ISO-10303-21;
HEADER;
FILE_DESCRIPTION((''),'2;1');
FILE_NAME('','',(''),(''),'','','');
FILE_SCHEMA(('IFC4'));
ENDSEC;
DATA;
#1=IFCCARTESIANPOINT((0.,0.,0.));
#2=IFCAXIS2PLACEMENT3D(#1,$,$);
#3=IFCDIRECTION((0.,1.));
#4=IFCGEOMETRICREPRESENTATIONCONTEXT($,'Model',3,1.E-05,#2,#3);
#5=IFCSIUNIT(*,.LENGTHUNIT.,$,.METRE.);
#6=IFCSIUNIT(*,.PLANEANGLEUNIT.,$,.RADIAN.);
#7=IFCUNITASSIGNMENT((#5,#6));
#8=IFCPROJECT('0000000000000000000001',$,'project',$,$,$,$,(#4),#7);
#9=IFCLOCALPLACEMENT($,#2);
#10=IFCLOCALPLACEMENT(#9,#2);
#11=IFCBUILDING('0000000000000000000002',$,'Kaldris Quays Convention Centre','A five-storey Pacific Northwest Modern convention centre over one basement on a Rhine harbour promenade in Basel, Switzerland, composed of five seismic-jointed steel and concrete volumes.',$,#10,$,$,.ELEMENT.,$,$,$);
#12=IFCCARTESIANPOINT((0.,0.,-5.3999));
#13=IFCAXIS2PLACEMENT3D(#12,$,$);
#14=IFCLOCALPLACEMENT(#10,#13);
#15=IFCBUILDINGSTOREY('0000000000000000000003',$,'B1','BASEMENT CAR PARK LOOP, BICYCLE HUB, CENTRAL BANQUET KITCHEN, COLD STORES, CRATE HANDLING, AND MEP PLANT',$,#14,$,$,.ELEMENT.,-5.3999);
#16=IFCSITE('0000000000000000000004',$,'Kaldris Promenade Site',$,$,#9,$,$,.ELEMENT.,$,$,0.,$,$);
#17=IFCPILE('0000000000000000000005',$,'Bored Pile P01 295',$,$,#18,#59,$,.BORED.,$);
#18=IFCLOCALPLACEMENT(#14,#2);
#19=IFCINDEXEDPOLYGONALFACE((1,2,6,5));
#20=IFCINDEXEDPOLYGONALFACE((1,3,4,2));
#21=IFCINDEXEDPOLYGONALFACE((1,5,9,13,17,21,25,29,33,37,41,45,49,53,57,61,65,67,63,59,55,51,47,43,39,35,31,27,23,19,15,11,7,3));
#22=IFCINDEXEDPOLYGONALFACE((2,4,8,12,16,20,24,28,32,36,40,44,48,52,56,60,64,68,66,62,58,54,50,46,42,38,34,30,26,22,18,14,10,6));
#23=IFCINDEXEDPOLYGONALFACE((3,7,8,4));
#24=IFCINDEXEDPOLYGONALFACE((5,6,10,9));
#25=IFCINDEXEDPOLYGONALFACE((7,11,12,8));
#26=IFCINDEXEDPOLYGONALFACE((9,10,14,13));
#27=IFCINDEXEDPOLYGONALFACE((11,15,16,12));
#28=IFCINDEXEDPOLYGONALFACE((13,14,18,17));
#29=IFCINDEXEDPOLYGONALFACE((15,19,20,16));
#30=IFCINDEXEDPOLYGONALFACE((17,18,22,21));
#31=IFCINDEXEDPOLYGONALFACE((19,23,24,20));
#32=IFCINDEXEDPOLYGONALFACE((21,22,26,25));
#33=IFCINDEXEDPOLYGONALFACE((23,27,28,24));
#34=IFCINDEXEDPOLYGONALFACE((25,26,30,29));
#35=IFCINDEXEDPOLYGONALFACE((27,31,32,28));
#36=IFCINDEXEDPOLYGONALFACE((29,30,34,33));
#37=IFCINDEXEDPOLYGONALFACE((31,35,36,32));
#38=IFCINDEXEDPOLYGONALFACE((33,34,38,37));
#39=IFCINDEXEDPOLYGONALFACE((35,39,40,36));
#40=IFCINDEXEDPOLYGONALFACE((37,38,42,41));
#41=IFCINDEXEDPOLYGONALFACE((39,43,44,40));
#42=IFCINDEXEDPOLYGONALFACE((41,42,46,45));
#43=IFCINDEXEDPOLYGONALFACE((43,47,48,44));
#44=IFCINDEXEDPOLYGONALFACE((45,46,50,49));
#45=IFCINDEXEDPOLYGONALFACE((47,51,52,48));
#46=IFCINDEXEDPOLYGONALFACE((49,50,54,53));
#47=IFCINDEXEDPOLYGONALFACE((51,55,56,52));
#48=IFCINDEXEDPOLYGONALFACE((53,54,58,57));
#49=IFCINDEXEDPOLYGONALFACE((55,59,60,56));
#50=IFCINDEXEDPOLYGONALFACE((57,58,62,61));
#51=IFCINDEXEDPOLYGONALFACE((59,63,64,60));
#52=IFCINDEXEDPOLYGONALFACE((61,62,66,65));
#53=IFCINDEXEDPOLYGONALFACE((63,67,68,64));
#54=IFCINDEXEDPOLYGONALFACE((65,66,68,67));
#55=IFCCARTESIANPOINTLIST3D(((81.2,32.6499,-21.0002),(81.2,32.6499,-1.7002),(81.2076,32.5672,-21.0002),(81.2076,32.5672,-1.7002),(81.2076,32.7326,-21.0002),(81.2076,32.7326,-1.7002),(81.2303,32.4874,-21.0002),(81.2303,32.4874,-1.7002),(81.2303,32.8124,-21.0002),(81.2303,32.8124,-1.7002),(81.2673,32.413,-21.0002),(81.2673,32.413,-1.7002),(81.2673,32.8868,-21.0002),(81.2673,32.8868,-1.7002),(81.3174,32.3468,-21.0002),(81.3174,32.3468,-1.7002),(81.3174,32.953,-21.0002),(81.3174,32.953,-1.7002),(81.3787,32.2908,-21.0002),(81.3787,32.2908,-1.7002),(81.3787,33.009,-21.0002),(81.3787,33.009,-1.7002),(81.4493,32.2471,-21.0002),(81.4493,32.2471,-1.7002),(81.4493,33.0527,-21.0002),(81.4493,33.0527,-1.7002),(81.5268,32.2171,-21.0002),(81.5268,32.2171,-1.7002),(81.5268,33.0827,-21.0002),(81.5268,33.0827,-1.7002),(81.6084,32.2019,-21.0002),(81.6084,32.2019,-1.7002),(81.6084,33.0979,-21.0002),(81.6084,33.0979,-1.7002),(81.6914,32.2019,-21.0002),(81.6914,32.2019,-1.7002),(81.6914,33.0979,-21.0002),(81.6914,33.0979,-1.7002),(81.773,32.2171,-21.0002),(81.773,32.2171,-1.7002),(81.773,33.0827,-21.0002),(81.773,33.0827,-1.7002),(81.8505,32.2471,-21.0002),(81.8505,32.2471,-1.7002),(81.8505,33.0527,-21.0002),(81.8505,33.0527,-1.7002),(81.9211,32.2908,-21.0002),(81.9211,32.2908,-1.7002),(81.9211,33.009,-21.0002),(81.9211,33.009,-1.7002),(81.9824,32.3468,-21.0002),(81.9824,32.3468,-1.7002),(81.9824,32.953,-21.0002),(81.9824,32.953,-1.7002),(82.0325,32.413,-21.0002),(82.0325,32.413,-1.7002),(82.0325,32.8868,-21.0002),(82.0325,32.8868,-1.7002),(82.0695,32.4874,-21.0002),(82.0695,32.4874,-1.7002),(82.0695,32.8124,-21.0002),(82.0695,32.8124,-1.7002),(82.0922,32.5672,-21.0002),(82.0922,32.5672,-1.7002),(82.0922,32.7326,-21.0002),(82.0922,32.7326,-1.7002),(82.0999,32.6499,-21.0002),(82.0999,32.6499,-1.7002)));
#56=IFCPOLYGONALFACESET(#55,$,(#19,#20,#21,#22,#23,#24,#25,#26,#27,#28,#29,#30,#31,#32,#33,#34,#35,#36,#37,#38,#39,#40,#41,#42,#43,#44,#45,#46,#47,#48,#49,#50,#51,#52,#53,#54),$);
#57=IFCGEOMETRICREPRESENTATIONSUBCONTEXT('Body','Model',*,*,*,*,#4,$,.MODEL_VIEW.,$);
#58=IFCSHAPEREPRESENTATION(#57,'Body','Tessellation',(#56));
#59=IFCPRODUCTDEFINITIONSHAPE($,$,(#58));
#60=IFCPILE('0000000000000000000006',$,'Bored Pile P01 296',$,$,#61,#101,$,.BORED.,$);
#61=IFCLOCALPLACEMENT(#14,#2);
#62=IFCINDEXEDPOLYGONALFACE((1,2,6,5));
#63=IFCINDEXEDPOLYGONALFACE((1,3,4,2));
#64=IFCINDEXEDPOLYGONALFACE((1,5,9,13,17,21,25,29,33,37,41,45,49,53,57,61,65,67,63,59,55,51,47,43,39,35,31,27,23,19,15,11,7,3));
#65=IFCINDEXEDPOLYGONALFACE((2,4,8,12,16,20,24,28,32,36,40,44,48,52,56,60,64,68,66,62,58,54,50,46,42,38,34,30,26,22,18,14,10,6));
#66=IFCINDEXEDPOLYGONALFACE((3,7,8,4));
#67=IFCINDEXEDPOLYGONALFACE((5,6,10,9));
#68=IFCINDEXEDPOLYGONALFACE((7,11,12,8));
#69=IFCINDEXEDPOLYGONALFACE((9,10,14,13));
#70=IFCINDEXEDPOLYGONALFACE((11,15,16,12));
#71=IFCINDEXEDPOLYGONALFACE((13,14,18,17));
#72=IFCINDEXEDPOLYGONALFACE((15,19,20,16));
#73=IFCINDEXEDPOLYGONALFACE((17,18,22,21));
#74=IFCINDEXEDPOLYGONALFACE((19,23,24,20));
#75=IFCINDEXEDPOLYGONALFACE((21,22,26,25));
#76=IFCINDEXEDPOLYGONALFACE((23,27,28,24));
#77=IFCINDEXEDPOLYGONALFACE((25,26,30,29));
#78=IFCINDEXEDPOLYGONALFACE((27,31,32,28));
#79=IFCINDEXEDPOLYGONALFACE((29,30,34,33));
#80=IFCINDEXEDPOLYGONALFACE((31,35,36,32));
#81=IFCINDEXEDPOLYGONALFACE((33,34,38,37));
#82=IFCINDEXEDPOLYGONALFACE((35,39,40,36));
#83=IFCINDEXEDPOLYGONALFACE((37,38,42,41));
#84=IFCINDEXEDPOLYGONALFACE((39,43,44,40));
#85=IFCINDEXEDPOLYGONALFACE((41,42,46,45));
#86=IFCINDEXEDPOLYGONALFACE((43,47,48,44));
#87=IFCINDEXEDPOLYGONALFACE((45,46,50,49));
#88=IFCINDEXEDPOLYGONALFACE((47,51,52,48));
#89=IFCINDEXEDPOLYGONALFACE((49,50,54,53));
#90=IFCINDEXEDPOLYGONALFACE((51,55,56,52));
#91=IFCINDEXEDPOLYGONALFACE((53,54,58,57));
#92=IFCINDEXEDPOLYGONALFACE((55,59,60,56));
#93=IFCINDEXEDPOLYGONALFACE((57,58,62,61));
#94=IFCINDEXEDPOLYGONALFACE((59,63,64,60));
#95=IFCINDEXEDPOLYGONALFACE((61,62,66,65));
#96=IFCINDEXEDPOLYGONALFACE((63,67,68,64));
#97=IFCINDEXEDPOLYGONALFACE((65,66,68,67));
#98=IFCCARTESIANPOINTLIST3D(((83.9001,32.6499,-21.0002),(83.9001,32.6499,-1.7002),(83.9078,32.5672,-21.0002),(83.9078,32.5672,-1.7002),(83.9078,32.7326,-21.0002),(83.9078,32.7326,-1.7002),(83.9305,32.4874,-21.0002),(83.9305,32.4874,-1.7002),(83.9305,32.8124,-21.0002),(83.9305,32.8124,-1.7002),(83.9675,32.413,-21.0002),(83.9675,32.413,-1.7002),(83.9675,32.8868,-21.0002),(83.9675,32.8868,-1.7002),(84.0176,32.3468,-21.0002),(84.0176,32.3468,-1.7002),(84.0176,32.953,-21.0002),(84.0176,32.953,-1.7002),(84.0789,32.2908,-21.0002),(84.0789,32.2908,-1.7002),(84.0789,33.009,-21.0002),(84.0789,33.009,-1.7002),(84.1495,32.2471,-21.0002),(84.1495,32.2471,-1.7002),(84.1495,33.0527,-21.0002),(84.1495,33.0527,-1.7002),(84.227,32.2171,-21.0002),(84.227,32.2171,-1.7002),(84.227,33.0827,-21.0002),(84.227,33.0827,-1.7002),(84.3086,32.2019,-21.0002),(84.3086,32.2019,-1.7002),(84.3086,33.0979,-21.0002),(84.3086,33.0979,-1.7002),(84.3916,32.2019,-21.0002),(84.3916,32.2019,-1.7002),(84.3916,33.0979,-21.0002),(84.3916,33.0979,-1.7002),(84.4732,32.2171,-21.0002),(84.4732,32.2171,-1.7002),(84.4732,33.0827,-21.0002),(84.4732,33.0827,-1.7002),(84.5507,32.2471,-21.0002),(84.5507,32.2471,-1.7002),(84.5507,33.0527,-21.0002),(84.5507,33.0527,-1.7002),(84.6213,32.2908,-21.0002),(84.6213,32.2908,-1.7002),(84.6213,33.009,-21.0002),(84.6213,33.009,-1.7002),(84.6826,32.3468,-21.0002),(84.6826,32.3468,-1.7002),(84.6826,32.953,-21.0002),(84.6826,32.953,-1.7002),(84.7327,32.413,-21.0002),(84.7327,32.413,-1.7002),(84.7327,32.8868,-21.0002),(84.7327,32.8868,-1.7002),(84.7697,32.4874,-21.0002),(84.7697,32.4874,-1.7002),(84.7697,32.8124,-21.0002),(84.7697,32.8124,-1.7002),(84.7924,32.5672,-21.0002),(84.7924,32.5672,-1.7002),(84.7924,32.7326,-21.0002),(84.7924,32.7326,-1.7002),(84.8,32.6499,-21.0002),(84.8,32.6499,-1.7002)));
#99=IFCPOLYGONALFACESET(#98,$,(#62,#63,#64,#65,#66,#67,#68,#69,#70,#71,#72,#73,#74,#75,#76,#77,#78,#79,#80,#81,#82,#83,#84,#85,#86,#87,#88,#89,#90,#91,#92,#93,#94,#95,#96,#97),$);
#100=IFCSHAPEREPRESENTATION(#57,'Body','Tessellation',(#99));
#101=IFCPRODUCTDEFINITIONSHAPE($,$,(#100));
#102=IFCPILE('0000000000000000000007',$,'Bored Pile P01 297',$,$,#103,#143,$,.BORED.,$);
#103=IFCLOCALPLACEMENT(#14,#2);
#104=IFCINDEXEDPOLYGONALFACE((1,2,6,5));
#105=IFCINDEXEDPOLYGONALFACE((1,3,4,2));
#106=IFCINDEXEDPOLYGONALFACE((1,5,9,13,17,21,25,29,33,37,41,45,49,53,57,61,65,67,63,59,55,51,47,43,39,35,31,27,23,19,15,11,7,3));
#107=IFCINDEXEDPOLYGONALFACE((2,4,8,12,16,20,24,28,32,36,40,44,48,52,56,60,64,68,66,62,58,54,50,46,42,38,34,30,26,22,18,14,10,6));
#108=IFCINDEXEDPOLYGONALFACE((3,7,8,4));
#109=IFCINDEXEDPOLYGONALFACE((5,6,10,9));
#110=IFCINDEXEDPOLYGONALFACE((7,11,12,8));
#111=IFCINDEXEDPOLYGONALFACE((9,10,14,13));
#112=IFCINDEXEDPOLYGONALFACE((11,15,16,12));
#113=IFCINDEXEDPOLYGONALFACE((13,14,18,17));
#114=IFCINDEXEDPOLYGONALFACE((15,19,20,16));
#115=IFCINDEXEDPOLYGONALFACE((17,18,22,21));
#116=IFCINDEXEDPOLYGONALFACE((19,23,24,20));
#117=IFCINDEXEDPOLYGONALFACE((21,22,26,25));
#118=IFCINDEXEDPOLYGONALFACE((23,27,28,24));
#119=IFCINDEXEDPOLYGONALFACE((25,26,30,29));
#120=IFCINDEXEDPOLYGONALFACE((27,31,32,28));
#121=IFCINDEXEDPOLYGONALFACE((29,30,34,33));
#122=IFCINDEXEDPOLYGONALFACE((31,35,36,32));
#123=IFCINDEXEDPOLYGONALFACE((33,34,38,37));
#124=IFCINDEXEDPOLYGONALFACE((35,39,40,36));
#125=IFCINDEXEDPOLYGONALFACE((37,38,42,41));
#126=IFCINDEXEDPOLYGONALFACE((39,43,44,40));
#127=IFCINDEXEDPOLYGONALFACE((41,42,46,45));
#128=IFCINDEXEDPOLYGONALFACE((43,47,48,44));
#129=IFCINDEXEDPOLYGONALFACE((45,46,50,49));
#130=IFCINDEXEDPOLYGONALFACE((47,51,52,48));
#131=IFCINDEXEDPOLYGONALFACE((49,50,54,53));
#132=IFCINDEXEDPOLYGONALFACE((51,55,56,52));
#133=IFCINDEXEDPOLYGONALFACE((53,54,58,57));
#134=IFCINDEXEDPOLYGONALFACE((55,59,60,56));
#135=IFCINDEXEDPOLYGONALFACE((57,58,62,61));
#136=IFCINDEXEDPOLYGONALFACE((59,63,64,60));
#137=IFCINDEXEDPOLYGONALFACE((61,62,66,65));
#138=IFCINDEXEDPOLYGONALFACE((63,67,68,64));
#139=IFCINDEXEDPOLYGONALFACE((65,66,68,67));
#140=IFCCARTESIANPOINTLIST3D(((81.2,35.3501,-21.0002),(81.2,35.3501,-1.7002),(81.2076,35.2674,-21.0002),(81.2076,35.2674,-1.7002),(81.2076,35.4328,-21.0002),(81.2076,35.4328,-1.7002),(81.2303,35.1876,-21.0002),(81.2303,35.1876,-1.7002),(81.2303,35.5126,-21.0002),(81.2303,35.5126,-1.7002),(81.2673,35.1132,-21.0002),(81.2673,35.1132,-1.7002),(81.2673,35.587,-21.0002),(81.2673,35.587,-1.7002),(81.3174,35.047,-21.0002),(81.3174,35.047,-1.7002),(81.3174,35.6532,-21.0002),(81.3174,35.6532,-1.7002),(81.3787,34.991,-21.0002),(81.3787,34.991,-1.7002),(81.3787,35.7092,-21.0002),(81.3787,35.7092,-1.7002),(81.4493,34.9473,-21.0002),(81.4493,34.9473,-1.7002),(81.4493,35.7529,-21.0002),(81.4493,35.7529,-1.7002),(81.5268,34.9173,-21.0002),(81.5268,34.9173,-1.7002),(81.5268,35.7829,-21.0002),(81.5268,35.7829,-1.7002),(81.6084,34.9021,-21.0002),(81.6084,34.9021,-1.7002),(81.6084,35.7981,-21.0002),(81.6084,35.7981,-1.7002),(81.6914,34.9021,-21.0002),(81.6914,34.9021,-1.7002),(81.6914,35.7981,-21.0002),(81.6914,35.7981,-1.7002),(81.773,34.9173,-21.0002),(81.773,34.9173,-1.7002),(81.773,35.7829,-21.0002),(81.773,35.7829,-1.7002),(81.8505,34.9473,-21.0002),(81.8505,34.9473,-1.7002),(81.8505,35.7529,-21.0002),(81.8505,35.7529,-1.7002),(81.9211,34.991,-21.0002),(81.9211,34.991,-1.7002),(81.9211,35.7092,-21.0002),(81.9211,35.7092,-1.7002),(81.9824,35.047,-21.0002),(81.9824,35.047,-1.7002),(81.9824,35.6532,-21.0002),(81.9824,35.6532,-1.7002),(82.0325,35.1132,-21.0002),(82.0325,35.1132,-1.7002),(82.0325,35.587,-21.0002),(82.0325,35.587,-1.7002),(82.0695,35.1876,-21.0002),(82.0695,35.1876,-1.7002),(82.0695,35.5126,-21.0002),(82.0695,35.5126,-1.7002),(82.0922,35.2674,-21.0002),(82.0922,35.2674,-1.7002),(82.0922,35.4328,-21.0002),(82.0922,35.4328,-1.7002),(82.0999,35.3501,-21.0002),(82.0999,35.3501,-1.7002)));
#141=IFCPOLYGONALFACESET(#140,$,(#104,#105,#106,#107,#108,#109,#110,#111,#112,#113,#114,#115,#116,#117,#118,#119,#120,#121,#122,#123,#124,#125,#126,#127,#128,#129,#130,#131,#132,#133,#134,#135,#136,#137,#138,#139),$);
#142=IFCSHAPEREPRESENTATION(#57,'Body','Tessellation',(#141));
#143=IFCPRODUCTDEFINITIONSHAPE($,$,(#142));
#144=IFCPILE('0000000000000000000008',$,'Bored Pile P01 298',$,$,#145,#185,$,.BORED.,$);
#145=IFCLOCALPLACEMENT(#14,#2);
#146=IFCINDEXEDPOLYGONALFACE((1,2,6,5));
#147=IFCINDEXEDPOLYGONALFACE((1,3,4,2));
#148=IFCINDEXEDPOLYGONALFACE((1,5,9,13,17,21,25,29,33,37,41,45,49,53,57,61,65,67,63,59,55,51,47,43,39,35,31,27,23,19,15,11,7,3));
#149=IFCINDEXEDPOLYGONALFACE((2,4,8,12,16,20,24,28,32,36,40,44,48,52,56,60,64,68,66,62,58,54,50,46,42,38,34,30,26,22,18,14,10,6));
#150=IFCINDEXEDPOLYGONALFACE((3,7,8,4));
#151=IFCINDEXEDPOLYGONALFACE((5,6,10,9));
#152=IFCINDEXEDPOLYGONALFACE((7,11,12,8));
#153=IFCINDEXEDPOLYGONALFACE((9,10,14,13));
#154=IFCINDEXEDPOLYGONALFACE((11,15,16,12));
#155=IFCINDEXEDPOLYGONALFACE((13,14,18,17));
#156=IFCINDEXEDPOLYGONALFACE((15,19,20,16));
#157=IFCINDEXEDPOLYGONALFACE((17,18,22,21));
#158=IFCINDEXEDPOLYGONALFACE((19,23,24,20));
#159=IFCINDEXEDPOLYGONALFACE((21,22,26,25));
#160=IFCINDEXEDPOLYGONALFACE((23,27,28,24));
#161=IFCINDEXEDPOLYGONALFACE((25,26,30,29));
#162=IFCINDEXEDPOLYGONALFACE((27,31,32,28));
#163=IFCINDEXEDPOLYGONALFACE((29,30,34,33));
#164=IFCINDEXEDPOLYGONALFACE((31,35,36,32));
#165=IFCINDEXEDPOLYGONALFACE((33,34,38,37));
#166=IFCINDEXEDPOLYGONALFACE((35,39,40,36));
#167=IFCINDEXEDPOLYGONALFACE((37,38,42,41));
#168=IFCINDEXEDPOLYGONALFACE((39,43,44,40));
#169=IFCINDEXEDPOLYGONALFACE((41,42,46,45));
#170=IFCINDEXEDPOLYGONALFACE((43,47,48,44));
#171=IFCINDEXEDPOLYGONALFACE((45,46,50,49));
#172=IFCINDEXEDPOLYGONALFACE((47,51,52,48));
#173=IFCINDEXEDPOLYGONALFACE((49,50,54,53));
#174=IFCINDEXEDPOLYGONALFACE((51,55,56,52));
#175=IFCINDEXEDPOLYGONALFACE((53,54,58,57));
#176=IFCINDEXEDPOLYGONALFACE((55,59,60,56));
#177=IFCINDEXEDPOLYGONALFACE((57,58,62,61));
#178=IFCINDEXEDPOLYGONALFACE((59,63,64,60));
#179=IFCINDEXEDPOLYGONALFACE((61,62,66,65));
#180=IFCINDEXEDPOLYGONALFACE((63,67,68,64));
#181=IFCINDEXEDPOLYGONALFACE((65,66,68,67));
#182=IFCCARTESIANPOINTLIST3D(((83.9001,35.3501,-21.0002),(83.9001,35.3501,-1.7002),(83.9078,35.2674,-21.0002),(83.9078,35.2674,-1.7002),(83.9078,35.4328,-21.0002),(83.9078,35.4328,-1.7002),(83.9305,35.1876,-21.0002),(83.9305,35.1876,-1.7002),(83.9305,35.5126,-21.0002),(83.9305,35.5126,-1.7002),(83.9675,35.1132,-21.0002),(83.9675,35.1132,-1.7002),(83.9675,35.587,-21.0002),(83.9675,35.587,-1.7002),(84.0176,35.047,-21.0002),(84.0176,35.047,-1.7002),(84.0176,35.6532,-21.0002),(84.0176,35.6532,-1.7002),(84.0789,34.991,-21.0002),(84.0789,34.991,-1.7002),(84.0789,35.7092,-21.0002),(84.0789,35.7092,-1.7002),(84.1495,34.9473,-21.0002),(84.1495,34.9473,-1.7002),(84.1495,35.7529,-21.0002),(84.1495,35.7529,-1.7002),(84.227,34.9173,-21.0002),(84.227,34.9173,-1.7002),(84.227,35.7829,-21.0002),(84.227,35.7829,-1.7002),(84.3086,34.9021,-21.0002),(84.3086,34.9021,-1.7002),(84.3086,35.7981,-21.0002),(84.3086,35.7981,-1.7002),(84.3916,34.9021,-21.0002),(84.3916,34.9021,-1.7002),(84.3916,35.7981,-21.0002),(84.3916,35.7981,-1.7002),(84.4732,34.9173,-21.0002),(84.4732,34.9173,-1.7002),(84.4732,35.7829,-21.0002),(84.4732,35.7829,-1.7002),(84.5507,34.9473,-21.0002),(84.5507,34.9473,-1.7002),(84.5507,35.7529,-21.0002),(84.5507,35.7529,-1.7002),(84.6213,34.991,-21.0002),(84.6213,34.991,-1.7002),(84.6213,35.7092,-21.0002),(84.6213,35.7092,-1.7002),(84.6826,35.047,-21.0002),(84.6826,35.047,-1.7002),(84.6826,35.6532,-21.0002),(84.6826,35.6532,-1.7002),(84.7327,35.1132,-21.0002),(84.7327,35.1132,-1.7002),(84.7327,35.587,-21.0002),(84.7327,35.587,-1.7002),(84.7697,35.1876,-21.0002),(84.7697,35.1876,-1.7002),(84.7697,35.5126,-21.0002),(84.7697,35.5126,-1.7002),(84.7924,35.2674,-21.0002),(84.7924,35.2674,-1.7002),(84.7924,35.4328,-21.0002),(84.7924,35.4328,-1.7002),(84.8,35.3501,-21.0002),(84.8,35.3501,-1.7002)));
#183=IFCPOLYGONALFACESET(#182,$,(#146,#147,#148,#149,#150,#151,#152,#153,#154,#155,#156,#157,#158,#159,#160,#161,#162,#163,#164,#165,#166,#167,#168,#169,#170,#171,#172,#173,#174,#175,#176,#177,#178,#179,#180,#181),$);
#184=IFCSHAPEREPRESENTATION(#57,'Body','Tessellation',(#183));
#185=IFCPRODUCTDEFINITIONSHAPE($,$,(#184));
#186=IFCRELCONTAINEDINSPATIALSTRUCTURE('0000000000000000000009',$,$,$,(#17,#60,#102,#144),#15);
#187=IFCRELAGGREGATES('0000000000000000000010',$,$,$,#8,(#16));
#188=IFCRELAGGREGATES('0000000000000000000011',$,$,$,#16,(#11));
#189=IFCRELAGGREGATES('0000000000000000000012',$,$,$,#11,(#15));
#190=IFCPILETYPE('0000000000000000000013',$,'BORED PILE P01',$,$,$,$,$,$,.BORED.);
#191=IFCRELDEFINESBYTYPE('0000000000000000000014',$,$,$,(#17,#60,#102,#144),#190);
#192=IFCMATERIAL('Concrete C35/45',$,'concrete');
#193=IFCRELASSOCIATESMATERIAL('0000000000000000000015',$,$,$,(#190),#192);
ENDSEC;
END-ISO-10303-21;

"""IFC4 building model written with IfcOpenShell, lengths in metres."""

from ifc_helpers import new_model, si_unit, direction, frame, origin, origin_2d, place, context, subcontext, project, spatial, circle, extrude, material, material_profile, profile_set, type_object, element, save


model = new_model("IFC4")

# Units and contexts
model_context = context("Model", 3, precision=1e-05, world=origin(), true_north=direction((0.0, 1.0)))
body_context = subcontext(model_context, "Body", "Model", "MODEL_VIEW")
ifc_project = project(units=[si_unit("LENGTHUNIT", "METRE"), si_unit("PLANEANGLEUNIT", "RADIAN")], contexts=[model_context])

# Site, building, storey
site_placement = place(None, origin())
site = spatial("IfcSite", under=ifc_project, at=site_placement, Name="Kaldris Promenade Site", CompositionType="ELEMENT", RefElevation=0.0)
building_placement = place(site_placement, origin())
building = spatial("IfcBuilding", under=site, at=building_placement, Name="Kaldris Quays Convention Centre", Description="A five-storey Pacific Northwest Modern convention centre over one basement on a Rhine harbour promenade in Basel, Switzerland, composed of five seismic-jointed steel and concrete volumes.", CompositionType="ELEMENT")
storey_placement = place(building_placement, frame((0.0, 0.0, -5.3999)))
storey = spatial("IfcBuildingStorey", under=building, at=storey_placement, Name="B1", Description="BASEMENT CAR PARK LOOP, BICYCLE HUB, CENTRAL BANQUET KITCHEN, COLD STORES, CRATE HANDLING, AND MEP PLANT", CompositionType="ELEMENT", Elevation=-5.3999)

# Piles
ifc_material_1 = material(Name="Concrete C35/45", Category="concrete")
ifc_material_profile_1 = material_profile(ifc_material_1, circle(Radius=0.45, at=origin_2d()), Name="BORED PILE D900")
ifc_profile_set_1 = profile_set([ifc_material_profile_1], Name="Concrete C35/45")
pile_type = type_object("IfcPileType", Name="BORED PILE P01", PredefinedType="BORED", material=ifc_profile_set_1)
for number, where, z_axis, x_axis, name in (
    (1, (81.6499, 32.6499, -1.7002), (0.0, 0.0, -1.0), (1.0, 0.0, 0.0), "Bored Pile P01 295"),
    (2, (84.3501, 32.6499, -1.7002), (0.0, 0.0, -1.0), (1.0, 0.0, 0.0), "Bored Pile P01 296"),
    (3, (81.6499, 35.3501, -1.7002), (0.0, 0.0, -1.0), (1.0, 0.0, 0.0), "Bored Pile P01 297"),
    (4, (84.3501, 35.3501, -1.7002), (0.0, 0.0, -1.0), (1.0, 0.0, 0.0), "Bored Pile P01 298"),
):
    element("IfcPile", number, at=place(storey_placement, frame(where, z_axis=z_axis, x_axis=x_axis)), inside=storey, type_object=pile_type, Name=name, PredefinedType="BORED", context=body_context, shape_type="SweptSolid", body=[
        extrude(circle(Radius=0.45, at=origin_2d()), origin(), (0.0, 0.0, 1.0), 19.3),
    ])

save(model, "model.ifc")
